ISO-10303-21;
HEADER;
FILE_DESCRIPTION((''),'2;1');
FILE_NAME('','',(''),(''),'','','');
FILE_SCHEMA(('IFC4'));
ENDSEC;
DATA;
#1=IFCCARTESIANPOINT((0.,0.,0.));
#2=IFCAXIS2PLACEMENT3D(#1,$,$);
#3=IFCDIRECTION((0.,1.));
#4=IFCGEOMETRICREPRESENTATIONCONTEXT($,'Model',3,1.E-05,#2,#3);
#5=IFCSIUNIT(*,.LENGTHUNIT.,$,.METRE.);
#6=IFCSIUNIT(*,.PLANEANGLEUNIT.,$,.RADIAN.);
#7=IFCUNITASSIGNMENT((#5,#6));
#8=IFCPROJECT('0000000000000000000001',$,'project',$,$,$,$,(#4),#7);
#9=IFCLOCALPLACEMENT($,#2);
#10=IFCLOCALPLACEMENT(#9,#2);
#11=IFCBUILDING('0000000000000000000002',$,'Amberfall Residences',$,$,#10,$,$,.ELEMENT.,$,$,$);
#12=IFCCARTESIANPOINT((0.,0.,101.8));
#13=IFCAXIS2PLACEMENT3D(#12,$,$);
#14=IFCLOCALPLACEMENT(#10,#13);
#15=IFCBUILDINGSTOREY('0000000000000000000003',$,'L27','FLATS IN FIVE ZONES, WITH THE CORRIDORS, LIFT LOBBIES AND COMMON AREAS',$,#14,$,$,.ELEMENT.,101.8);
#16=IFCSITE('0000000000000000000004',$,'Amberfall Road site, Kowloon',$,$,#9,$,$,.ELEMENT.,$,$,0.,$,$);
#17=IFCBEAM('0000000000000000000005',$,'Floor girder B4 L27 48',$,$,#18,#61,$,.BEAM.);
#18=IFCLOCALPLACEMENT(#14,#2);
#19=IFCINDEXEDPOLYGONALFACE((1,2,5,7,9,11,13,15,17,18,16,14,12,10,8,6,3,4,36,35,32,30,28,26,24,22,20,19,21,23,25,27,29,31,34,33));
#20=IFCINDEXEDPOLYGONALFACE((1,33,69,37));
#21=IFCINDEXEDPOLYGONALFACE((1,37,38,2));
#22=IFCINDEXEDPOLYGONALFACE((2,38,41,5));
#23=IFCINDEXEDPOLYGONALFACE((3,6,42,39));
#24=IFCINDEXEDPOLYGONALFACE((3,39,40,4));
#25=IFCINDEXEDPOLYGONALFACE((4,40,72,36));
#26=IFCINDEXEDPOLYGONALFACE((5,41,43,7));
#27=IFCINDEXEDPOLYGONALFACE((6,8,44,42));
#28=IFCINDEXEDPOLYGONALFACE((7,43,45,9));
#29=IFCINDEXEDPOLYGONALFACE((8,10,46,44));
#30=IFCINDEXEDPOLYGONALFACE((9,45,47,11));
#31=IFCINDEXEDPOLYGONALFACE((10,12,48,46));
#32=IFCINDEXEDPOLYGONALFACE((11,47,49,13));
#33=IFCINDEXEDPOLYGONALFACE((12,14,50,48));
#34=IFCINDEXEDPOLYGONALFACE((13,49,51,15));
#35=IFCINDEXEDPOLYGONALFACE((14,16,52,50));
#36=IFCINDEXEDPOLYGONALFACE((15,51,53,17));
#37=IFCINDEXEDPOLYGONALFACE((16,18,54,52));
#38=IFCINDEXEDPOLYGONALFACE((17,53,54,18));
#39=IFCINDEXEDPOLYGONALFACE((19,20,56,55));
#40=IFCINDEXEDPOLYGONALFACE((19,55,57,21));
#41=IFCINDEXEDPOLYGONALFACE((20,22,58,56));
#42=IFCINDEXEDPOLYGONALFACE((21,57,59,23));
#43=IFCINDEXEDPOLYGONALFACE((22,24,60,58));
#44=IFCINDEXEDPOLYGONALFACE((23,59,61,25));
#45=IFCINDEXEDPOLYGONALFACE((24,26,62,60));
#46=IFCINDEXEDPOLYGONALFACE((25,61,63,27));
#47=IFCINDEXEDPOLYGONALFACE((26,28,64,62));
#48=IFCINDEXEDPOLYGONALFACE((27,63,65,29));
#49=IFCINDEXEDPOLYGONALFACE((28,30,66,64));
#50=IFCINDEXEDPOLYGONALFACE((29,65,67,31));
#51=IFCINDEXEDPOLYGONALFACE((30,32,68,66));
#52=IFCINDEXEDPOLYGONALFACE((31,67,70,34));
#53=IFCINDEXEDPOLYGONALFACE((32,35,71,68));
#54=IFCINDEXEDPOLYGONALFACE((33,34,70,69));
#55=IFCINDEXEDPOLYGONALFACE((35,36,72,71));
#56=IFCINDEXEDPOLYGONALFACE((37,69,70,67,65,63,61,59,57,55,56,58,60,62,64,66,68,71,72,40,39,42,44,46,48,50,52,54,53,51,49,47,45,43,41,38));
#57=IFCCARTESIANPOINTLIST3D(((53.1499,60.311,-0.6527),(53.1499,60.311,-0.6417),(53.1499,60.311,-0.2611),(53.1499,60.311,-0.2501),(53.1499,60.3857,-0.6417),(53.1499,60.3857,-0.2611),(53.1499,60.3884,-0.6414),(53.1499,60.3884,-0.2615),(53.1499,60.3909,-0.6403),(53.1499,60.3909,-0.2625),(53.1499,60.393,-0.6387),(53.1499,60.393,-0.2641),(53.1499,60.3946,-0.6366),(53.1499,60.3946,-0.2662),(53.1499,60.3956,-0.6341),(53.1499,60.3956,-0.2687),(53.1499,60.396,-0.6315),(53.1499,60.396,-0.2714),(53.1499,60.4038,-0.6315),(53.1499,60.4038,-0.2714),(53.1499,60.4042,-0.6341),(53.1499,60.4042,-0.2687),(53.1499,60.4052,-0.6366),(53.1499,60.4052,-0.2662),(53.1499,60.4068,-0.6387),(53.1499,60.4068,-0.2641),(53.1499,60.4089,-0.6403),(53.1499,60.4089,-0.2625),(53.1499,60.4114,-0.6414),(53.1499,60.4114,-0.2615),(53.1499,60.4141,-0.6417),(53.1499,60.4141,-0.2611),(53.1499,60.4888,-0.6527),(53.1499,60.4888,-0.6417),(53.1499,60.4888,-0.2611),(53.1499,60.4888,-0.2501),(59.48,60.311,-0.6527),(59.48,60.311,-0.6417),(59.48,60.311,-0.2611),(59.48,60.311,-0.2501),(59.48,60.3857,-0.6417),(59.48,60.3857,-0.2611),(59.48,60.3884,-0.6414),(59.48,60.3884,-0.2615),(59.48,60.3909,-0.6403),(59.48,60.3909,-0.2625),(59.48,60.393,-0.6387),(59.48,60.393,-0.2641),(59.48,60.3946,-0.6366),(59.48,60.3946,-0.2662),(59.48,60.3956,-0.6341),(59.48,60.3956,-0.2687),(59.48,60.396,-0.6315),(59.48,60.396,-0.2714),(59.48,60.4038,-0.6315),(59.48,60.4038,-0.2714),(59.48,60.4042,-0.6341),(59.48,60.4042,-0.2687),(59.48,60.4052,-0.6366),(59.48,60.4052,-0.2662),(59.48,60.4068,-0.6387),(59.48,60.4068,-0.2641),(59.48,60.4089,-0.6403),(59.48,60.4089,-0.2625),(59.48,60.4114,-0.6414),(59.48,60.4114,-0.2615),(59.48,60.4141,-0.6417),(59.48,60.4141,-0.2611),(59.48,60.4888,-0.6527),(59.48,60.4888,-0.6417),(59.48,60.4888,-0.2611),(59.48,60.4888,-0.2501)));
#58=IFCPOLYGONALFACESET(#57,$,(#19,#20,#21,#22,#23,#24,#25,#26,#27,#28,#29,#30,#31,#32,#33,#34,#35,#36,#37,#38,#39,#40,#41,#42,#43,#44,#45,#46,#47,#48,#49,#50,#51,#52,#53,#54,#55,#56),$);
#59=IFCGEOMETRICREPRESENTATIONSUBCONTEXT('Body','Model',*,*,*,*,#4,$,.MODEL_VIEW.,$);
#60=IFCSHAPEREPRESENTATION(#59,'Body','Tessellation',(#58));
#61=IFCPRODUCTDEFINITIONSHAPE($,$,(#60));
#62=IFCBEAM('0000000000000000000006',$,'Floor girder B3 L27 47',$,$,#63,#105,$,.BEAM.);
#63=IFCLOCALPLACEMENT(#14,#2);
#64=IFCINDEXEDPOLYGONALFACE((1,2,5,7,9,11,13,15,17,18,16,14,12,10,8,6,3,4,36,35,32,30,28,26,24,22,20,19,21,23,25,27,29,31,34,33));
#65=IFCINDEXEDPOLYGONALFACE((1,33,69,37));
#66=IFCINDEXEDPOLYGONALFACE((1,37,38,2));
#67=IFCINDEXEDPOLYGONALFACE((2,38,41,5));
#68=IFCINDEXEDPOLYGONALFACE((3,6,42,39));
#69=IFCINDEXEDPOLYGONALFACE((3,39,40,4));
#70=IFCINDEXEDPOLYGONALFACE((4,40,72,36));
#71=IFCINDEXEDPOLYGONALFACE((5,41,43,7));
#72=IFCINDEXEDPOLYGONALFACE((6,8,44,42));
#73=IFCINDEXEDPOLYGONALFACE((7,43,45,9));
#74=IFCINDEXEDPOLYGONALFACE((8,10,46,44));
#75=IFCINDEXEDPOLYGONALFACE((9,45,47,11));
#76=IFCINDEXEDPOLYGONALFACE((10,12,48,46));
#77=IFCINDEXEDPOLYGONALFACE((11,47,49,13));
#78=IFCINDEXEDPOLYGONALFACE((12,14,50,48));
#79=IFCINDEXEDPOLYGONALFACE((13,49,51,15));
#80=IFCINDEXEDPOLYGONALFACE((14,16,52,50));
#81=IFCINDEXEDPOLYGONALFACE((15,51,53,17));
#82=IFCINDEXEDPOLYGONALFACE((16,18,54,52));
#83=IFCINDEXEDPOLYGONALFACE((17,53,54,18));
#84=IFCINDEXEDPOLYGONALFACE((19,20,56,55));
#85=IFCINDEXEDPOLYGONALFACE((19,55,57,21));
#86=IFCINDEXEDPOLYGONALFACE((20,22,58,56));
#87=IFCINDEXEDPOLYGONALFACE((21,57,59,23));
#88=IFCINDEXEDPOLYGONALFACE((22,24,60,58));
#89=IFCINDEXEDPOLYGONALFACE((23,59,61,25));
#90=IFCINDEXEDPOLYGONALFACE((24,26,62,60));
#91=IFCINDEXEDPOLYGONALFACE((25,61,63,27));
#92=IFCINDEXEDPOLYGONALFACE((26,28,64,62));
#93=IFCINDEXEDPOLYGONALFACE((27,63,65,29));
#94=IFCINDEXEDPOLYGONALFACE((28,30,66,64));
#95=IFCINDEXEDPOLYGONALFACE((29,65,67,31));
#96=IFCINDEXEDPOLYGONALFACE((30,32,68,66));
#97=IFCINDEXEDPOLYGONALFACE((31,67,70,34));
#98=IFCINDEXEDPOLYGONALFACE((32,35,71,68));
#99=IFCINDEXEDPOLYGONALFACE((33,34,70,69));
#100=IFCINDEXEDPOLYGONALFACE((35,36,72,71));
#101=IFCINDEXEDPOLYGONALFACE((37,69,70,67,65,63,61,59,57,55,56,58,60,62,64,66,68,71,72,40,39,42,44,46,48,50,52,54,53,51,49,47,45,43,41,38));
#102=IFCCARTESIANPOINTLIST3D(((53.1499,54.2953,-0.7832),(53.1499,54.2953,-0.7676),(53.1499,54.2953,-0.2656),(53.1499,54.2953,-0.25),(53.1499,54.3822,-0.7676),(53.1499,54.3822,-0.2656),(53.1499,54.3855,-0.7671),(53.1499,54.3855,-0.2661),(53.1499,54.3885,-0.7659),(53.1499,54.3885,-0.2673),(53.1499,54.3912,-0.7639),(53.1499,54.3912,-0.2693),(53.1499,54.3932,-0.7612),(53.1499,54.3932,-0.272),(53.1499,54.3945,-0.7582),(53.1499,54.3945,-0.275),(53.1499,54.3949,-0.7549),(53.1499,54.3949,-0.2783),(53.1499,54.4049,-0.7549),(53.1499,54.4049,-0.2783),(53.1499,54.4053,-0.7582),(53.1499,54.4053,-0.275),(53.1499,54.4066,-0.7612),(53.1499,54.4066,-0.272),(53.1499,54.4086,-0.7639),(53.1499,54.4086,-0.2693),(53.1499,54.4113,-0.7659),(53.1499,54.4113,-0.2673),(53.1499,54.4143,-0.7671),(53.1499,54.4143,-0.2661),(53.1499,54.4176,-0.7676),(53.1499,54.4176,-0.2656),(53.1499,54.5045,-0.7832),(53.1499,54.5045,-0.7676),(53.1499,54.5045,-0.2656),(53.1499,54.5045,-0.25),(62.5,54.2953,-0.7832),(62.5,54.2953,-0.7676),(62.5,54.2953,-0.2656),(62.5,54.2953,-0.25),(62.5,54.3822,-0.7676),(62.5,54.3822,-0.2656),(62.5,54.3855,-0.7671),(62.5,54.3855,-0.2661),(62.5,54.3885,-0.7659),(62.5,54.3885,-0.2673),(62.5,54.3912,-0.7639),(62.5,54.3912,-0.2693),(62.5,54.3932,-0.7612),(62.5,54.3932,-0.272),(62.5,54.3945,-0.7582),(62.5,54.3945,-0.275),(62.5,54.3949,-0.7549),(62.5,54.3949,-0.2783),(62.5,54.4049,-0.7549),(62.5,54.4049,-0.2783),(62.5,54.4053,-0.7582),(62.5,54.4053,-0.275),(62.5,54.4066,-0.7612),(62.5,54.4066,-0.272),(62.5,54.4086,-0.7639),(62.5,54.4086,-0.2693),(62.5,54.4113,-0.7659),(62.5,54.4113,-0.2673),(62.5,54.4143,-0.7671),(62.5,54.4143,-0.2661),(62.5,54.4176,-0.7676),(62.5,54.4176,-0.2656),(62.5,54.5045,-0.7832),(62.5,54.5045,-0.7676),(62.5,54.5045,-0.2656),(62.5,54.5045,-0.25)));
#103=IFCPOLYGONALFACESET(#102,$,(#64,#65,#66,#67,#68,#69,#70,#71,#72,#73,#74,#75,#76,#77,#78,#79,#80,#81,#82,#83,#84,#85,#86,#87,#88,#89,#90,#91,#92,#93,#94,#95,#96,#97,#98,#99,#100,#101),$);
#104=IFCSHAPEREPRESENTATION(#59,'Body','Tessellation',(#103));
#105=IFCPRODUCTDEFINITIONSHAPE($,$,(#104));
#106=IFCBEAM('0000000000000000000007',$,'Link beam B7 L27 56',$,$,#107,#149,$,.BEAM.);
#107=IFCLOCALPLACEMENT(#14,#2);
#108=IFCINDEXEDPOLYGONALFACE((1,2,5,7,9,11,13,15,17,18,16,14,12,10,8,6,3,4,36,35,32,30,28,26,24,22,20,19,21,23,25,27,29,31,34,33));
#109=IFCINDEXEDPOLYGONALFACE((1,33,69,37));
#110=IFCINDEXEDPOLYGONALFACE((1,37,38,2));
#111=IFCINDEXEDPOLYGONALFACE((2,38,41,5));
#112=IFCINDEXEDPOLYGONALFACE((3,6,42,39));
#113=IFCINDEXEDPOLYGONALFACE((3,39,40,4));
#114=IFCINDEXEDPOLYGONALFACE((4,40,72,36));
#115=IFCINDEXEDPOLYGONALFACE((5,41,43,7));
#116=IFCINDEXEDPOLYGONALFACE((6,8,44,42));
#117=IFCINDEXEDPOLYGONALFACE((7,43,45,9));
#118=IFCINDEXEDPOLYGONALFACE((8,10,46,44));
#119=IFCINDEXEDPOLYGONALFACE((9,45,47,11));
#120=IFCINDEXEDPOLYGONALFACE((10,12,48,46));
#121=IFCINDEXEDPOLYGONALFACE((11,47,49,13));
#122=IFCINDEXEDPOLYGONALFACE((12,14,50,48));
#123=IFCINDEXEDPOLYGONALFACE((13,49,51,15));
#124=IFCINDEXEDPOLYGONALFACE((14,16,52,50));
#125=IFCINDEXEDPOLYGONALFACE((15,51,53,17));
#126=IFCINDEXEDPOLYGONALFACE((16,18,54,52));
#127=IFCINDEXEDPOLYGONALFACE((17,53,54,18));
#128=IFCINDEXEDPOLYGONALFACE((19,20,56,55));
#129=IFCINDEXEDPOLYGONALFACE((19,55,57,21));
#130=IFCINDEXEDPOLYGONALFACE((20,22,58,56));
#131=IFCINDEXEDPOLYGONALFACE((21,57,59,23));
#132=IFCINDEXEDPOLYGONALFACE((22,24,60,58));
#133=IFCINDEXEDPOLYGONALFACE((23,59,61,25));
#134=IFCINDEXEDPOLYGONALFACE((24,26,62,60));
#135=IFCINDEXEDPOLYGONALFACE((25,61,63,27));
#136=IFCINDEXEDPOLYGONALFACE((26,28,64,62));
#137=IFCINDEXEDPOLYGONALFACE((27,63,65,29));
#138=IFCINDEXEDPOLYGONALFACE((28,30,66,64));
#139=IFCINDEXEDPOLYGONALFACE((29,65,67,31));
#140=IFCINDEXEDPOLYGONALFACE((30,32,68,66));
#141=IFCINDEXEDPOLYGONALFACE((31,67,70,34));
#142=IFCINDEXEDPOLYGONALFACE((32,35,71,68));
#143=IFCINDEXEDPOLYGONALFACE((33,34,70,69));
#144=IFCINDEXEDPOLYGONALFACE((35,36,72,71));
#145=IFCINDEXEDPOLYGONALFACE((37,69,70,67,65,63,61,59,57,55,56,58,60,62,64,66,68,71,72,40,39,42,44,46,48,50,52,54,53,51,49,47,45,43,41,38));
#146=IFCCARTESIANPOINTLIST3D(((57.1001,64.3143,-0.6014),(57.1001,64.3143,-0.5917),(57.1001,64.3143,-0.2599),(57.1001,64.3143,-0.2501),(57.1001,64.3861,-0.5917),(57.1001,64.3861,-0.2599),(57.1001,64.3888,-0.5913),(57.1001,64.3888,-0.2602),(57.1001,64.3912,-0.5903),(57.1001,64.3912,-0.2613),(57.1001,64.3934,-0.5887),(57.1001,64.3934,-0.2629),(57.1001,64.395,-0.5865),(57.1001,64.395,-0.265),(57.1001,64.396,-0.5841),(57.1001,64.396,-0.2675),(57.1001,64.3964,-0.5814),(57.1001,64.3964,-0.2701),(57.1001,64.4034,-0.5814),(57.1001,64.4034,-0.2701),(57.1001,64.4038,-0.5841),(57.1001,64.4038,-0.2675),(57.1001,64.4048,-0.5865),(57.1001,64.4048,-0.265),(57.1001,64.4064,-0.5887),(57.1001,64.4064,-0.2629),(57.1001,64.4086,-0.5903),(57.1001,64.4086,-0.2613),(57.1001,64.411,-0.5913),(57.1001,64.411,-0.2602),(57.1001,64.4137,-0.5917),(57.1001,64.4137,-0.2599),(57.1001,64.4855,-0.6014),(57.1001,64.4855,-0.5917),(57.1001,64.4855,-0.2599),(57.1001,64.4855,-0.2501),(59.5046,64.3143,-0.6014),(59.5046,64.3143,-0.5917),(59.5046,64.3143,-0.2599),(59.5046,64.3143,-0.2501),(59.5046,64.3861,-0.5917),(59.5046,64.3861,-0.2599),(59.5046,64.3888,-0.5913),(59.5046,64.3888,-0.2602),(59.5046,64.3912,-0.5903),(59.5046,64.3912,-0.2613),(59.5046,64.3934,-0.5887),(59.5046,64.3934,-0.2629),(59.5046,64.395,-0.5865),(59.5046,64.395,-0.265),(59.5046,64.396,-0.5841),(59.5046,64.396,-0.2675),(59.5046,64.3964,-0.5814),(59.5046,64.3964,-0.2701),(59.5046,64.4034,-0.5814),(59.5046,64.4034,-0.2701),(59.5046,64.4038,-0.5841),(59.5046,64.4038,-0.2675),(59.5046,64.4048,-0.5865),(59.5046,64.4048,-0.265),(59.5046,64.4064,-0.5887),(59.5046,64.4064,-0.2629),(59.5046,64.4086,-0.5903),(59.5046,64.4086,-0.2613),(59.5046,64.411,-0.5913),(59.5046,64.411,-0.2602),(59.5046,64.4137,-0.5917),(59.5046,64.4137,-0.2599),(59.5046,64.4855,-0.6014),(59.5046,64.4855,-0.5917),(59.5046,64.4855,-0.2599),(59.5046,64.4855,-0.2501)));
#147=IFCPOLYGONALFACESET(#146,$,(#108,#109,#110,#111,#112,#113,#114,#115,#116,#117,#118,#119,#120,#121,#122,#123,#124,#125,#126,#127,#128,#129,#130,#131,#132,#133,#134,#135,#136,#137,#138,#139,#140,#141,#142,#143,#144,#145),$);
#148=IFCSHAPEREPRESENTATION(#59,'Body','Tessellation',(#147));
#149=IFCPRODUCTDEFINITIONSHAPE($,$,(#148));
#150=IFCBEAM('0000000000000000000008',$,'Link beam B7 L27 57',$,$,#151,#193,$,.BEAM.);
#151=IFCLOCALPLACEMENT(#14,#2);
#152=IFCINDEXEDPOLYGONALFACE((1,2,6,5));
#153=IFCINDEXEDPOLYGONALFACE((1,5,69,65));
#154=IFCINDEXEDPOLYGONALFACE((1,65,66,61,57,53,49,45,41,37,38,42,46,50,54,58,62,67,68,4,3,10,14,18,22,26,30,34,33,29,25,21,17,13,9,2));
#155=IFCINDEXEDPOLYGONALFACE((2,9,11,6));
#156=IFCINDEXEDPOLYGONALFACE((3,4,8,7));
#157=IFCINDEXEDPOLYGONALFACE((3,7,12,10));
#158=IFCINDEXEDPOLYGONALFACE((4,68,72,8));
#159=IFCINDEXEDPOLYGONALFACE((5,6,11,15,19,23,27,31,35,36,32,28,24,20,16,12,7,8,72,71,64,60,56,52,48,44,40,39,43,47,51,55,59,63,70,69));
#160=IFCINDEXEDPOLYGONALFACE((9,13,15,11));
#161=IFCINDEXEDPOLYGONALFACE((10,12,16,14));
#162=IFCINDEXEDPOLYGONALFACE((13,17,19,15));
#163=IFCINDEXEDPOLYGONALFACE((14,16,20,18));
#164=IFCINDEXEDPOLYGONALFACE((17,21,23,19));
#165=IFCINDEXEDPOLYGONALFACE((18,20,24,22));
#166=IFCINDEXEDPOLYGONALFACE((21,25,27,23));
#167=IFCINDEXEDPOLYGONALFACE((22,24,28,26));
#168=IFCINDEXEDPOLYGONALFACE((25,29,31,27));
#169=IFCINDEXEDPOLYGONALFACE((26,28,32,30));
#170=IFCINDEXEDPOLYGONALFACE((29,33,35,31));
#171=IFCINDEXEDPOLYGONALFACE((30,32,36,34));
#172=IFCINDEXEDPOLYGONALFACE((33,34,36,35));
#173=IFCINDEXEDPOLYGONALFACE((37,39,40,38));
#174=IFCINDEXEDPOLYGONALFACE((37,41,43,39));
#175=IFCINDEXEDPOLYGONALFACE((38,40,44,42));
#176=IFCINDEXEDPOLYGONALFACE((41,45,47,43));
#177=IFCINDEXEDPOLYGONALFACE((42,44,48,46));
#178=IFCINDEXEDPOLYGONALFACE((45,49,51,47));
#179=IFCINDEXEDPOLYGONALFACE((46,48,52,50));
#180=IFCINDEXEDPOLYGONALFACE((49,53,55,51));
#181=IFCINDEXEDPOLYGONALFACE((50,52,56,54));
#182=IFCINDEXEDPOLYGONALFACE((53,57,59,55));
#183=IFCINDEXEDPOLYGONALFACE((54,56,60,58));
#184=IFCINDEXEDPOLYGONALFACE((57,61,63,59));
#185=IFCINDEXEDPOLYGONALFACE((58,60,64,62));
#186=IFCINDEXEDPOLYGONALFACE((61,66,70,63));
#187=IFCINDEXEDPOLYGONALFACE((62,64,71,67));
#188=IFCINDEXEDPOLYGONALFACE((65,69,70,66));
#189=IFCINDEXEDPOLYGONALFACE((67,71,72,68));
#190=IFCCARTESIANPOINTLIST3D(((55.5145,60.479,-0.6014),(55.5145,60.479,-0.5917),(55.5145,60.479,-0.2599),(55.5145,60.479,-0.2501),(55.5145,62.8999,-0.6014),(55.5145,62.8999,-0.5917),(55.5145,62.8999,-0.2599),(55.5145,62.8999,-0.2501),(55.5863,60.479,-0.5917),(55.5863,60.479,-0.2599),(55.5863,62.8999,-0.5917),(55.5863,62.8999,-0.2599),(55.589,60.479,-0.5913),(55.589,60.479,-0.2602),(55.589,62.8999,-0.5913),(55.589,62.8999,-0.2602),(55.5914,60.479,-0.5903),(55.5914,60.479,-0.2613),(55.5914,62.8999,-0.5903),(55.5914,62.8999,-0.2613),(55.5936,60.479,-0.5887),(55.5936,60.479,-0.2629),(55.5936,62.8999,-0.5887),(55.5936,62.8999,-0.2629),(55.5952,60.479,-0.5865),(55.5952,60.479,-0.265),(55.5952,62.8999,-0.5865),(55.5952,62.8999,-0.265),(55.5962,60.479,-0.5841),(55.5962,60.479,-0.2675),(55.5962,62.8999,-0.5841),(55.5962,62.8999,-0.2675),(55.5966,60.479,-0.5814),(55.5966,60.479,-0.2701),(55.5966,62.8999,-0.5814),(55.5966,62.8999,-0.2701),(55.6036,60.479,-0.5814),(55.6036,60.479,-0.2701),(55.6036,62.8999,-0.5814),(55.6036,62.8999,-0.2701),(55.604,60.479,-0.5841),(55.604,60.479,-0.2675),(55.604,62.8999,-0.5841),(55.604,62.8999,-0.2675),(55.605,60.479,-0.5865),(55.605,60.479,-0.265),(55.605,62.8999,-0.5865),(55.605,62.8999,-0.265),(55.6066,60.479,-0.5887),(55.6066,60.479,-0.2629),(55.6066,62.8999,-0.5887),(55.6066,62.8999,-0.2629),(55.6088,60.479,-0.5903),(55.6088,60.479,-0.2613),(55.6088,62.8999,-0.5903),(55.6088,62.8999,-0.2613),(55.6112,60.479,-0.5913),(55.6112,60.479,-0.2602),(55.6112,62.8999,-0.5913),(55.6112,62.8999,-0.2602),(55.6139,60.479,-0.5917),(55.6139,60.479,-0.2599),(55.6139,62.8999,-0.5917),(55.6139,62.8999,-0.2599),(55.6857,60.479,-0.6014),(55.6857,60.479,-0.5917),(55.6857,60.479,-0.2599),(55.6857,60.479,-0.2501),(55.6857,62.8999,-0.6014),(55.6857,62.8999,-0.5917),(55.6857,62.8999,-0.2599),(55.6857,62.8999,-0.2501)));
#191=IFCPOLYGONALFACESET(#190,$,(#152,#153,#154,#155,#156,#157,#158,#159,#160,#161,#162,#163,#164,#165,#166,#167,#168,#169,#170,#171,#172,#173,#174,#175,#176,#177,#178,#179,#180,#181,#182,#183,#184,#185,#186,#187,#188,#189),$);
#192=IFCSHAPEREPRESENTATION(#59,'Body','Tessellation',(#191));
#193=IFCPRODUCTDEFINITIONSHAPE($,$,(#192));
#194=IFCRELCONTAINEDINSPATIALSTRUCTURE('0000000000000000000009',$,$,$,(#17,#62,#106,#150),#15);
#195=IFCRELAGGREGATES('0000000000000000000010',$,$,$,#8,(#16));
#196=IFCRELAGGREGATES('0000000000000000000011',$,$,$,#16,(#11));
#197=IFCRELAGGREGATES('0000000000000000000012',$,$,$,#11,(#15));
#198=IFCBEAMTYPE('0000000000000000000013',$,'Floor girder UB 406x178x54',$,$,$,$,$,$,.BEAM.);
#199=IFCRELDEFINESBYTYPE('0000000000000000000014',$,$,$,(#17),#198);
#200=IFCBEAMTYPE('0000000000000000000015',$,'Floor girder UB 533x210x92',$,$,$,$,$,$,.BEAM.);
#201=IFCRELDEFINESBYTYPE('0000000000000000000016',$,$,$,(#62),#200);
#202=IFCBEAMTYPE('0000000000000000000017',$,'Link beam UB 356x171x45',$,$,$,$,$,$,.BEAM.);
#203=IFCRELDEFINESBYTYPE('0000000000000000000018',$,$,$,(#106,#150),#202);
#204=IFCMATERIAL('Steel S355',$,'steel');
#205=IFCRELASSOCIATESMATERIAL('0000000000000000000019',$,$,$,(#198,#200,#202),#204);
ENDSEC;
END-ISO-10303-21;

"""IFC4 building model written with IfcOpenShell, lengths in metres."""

from ifc_helpers import new_model, si_unit, direction, frame, origin, origin_2d, place, context, subcontext, project, spatial, i_section, extrude, material, material_profile, profile_set, type_object, element, save


model = new_model("IFC4")

# Units and contexts
model_context = context("Model", 3, precision=1e-05, world=origin(), true_north=direction((0.0, 1.0)))
body_context = subcontext(model_context, "Body", "Model", "MODEL_VIEW")
ifc_project = project(units=[si_unit("LENGTHUNIT", "METRE"), si_unit("PLANEANGLEUNIT", "RADIAN")], contexts=[model_context])

# Site, building, storey
site_placement = place(None, origin())
site = spatial("IfcSite", under=ifc_project, at=site_placement, Name="Amberfall Road site, Kowloon", CompositionType="ELEMENT", RefElevation=0.0)
building_placement = place(site_placement, origin())
building = spatial("IfcBuilding", under=site, at=building_placement, Name="Amberfall Residences", CompositionType="ELEMENT")
storey_placement = place(building_placement, frame((0.0, 0.0, 101.8)))
storey = spatial("IfcBuildingStorey", under=building, at=storey_placement, Name="L27", Description="FLATS IN FIVE ZONES, WITH THE CORRIDORS, LIFT LOBBIES AND COMMON AREAS", CompositionType="ELEMENT", Elevation=101.8)

# Shared definitions
ifc_material_1 = material(Name="Steel S355", Category="steel")

# Beams
ifc_material_profile_1 = material_profile(ifc_material_1, i_section(OverallWidth=0.1777, OverallDepth=0.4026, WebThickness=0.0078, FlangeThickness=0.011, FilletRadius=0.0103, at=origin_2d()), Name="UB 406x178x54")
ifc_profile_set_1 = profile_set([ifc_material_profile_1], Name="Steel S355")
beam_type_1 = type_object("IfcBeamType", Name="Floor girder UB 406x178x54", PredefinedType="BEAM", material=ifc_profile_set_1)
beam_1_placement = place(storey_placement, frame((53.1499, 60.3999, -0.4514), z_axis=(1.0, 0.0, 0.0), x_axis=(0.0, 1.0, 0.0)))
element("IfcBeam", 1, at=beam_1_placement, inside=storey, type_object=beam_type_1, Name="Floor girder B4 L27 48", PredefinedType="BEAM", context=body_context, shape_type="SweptSolid", body=[
    extrude(i_section(OverallWidth=0.1777, OverallDepth=0.4026, WebThickness=0.0078, FlangeThickness=0.011, FilletRadius=0.0103, at=origin_2d()), origin(), (0.0, 0.0, 1.0), 6.3301),
])
ifc_material_profile_2 = material_profile(ifc_material_1, i_section(OverallWidth=0.2092, OverallDepth=0.5332, WebThickness=0.01, FlangeThickness=0.0156, FilletRadius=0.0127, at=origin_2d()), Name="UB 533x210x92")
ifc_profile_set_2 = profile_set([ifc_material_profile_2], Name="Steel S355")
beam_type_2 = type_object("IfcBeamType", Name="Floor girder UB 533x210x92", PredefinedType="BEAM", material=ifc_profile_set_2)
beam_2_placement = place(storey_placement, frame((53.1499, 54.3999, -0.5166), z_axis=(1.0, 0.0, 0.0), x_axis=(0.0, 1.0, 0.0)))
element("IfcBeam", 2, at=beam_2_placement, inside=storey, type_object=beam_type_2, Name="Floor girder B3 L27 47", PredefinedType="BEAM", context=body_context, shape_type="SweptSolid", body=[
    extrude(i_section(OverallWidth=0.2092, OverallDepth=0.5332, WebThickness=0.01, FlangeThickness=0.0156, FilletRadius=0.0127, at=origin_2d()), origin(), (0.0, 0.0, 1.0), 9.3501),
])
ifc_material_profile_3 = material_profile(ifc_material_1, i_section(OverallWidth=0.1711, OverallDepth=0.3513, WebThickness=0.0071, FlangeThickness=0.0098, FilletRadius=0.0103, at=origin_2d()), Name="UB 356x171x45")
ifc_profile_set_3 = profile_set([ifc_material_profile_3], Name="Steel S355")
beam_type_3 = type_object("IfcBeamType", Name="Link beam UB 356x171x45", PredefinedType="BEAM", material=ifc_profile_set_3)
beam_3_placement = place(storey_placement, frame((57.1001, 64.3999, -0.4258), z_axis=(1.0, 0.0, 0.0), x_axis=(0.0, 1.0, 0.0)))
element("IfcBeam", 3, at=beam_3_placement, inside=storey, type_object=beam_type_3, Name="Link beam B7 L27 56", PredefinedType="BEAM", context=body_context, shape_type="SweptSolid", body=[
    extrude(i_section(OverallWidth=0.1711, OverallDepth=0.3513, WebThickness=0.0071, FlangeThickness=0.0098, FilletRadius=0.0103, at=origin_2d()), origin(), (0.0, 0.0, 1.0), 2.4045),
])
beam_4_placement = place(storey_placement, frame((55.6001, 62.8999, -0.4258), z_axis=(0.0, -1.0, 0.0), x_axis=(1.0, 0.0, 0.0)))
element("IfcBeam", 4, at=beam_4_placement, inside=storey, type_object=beam_type_3, Name="Link beam B7 L27 57", PredefinedType="BEAM", context=body_context, shape_type="SweptSolid", body=[
    extrude(i_section(OverallWidth=0.1711, OverallDepth=0.3513, WebThickness=0.0071, FlangeThickness=0.0098, FilletRadius=0.0103, at=origin_2d()), origin(), (0.0, 0.0, 1.0), 2.4209),
])

save(model, "model.ifc")
